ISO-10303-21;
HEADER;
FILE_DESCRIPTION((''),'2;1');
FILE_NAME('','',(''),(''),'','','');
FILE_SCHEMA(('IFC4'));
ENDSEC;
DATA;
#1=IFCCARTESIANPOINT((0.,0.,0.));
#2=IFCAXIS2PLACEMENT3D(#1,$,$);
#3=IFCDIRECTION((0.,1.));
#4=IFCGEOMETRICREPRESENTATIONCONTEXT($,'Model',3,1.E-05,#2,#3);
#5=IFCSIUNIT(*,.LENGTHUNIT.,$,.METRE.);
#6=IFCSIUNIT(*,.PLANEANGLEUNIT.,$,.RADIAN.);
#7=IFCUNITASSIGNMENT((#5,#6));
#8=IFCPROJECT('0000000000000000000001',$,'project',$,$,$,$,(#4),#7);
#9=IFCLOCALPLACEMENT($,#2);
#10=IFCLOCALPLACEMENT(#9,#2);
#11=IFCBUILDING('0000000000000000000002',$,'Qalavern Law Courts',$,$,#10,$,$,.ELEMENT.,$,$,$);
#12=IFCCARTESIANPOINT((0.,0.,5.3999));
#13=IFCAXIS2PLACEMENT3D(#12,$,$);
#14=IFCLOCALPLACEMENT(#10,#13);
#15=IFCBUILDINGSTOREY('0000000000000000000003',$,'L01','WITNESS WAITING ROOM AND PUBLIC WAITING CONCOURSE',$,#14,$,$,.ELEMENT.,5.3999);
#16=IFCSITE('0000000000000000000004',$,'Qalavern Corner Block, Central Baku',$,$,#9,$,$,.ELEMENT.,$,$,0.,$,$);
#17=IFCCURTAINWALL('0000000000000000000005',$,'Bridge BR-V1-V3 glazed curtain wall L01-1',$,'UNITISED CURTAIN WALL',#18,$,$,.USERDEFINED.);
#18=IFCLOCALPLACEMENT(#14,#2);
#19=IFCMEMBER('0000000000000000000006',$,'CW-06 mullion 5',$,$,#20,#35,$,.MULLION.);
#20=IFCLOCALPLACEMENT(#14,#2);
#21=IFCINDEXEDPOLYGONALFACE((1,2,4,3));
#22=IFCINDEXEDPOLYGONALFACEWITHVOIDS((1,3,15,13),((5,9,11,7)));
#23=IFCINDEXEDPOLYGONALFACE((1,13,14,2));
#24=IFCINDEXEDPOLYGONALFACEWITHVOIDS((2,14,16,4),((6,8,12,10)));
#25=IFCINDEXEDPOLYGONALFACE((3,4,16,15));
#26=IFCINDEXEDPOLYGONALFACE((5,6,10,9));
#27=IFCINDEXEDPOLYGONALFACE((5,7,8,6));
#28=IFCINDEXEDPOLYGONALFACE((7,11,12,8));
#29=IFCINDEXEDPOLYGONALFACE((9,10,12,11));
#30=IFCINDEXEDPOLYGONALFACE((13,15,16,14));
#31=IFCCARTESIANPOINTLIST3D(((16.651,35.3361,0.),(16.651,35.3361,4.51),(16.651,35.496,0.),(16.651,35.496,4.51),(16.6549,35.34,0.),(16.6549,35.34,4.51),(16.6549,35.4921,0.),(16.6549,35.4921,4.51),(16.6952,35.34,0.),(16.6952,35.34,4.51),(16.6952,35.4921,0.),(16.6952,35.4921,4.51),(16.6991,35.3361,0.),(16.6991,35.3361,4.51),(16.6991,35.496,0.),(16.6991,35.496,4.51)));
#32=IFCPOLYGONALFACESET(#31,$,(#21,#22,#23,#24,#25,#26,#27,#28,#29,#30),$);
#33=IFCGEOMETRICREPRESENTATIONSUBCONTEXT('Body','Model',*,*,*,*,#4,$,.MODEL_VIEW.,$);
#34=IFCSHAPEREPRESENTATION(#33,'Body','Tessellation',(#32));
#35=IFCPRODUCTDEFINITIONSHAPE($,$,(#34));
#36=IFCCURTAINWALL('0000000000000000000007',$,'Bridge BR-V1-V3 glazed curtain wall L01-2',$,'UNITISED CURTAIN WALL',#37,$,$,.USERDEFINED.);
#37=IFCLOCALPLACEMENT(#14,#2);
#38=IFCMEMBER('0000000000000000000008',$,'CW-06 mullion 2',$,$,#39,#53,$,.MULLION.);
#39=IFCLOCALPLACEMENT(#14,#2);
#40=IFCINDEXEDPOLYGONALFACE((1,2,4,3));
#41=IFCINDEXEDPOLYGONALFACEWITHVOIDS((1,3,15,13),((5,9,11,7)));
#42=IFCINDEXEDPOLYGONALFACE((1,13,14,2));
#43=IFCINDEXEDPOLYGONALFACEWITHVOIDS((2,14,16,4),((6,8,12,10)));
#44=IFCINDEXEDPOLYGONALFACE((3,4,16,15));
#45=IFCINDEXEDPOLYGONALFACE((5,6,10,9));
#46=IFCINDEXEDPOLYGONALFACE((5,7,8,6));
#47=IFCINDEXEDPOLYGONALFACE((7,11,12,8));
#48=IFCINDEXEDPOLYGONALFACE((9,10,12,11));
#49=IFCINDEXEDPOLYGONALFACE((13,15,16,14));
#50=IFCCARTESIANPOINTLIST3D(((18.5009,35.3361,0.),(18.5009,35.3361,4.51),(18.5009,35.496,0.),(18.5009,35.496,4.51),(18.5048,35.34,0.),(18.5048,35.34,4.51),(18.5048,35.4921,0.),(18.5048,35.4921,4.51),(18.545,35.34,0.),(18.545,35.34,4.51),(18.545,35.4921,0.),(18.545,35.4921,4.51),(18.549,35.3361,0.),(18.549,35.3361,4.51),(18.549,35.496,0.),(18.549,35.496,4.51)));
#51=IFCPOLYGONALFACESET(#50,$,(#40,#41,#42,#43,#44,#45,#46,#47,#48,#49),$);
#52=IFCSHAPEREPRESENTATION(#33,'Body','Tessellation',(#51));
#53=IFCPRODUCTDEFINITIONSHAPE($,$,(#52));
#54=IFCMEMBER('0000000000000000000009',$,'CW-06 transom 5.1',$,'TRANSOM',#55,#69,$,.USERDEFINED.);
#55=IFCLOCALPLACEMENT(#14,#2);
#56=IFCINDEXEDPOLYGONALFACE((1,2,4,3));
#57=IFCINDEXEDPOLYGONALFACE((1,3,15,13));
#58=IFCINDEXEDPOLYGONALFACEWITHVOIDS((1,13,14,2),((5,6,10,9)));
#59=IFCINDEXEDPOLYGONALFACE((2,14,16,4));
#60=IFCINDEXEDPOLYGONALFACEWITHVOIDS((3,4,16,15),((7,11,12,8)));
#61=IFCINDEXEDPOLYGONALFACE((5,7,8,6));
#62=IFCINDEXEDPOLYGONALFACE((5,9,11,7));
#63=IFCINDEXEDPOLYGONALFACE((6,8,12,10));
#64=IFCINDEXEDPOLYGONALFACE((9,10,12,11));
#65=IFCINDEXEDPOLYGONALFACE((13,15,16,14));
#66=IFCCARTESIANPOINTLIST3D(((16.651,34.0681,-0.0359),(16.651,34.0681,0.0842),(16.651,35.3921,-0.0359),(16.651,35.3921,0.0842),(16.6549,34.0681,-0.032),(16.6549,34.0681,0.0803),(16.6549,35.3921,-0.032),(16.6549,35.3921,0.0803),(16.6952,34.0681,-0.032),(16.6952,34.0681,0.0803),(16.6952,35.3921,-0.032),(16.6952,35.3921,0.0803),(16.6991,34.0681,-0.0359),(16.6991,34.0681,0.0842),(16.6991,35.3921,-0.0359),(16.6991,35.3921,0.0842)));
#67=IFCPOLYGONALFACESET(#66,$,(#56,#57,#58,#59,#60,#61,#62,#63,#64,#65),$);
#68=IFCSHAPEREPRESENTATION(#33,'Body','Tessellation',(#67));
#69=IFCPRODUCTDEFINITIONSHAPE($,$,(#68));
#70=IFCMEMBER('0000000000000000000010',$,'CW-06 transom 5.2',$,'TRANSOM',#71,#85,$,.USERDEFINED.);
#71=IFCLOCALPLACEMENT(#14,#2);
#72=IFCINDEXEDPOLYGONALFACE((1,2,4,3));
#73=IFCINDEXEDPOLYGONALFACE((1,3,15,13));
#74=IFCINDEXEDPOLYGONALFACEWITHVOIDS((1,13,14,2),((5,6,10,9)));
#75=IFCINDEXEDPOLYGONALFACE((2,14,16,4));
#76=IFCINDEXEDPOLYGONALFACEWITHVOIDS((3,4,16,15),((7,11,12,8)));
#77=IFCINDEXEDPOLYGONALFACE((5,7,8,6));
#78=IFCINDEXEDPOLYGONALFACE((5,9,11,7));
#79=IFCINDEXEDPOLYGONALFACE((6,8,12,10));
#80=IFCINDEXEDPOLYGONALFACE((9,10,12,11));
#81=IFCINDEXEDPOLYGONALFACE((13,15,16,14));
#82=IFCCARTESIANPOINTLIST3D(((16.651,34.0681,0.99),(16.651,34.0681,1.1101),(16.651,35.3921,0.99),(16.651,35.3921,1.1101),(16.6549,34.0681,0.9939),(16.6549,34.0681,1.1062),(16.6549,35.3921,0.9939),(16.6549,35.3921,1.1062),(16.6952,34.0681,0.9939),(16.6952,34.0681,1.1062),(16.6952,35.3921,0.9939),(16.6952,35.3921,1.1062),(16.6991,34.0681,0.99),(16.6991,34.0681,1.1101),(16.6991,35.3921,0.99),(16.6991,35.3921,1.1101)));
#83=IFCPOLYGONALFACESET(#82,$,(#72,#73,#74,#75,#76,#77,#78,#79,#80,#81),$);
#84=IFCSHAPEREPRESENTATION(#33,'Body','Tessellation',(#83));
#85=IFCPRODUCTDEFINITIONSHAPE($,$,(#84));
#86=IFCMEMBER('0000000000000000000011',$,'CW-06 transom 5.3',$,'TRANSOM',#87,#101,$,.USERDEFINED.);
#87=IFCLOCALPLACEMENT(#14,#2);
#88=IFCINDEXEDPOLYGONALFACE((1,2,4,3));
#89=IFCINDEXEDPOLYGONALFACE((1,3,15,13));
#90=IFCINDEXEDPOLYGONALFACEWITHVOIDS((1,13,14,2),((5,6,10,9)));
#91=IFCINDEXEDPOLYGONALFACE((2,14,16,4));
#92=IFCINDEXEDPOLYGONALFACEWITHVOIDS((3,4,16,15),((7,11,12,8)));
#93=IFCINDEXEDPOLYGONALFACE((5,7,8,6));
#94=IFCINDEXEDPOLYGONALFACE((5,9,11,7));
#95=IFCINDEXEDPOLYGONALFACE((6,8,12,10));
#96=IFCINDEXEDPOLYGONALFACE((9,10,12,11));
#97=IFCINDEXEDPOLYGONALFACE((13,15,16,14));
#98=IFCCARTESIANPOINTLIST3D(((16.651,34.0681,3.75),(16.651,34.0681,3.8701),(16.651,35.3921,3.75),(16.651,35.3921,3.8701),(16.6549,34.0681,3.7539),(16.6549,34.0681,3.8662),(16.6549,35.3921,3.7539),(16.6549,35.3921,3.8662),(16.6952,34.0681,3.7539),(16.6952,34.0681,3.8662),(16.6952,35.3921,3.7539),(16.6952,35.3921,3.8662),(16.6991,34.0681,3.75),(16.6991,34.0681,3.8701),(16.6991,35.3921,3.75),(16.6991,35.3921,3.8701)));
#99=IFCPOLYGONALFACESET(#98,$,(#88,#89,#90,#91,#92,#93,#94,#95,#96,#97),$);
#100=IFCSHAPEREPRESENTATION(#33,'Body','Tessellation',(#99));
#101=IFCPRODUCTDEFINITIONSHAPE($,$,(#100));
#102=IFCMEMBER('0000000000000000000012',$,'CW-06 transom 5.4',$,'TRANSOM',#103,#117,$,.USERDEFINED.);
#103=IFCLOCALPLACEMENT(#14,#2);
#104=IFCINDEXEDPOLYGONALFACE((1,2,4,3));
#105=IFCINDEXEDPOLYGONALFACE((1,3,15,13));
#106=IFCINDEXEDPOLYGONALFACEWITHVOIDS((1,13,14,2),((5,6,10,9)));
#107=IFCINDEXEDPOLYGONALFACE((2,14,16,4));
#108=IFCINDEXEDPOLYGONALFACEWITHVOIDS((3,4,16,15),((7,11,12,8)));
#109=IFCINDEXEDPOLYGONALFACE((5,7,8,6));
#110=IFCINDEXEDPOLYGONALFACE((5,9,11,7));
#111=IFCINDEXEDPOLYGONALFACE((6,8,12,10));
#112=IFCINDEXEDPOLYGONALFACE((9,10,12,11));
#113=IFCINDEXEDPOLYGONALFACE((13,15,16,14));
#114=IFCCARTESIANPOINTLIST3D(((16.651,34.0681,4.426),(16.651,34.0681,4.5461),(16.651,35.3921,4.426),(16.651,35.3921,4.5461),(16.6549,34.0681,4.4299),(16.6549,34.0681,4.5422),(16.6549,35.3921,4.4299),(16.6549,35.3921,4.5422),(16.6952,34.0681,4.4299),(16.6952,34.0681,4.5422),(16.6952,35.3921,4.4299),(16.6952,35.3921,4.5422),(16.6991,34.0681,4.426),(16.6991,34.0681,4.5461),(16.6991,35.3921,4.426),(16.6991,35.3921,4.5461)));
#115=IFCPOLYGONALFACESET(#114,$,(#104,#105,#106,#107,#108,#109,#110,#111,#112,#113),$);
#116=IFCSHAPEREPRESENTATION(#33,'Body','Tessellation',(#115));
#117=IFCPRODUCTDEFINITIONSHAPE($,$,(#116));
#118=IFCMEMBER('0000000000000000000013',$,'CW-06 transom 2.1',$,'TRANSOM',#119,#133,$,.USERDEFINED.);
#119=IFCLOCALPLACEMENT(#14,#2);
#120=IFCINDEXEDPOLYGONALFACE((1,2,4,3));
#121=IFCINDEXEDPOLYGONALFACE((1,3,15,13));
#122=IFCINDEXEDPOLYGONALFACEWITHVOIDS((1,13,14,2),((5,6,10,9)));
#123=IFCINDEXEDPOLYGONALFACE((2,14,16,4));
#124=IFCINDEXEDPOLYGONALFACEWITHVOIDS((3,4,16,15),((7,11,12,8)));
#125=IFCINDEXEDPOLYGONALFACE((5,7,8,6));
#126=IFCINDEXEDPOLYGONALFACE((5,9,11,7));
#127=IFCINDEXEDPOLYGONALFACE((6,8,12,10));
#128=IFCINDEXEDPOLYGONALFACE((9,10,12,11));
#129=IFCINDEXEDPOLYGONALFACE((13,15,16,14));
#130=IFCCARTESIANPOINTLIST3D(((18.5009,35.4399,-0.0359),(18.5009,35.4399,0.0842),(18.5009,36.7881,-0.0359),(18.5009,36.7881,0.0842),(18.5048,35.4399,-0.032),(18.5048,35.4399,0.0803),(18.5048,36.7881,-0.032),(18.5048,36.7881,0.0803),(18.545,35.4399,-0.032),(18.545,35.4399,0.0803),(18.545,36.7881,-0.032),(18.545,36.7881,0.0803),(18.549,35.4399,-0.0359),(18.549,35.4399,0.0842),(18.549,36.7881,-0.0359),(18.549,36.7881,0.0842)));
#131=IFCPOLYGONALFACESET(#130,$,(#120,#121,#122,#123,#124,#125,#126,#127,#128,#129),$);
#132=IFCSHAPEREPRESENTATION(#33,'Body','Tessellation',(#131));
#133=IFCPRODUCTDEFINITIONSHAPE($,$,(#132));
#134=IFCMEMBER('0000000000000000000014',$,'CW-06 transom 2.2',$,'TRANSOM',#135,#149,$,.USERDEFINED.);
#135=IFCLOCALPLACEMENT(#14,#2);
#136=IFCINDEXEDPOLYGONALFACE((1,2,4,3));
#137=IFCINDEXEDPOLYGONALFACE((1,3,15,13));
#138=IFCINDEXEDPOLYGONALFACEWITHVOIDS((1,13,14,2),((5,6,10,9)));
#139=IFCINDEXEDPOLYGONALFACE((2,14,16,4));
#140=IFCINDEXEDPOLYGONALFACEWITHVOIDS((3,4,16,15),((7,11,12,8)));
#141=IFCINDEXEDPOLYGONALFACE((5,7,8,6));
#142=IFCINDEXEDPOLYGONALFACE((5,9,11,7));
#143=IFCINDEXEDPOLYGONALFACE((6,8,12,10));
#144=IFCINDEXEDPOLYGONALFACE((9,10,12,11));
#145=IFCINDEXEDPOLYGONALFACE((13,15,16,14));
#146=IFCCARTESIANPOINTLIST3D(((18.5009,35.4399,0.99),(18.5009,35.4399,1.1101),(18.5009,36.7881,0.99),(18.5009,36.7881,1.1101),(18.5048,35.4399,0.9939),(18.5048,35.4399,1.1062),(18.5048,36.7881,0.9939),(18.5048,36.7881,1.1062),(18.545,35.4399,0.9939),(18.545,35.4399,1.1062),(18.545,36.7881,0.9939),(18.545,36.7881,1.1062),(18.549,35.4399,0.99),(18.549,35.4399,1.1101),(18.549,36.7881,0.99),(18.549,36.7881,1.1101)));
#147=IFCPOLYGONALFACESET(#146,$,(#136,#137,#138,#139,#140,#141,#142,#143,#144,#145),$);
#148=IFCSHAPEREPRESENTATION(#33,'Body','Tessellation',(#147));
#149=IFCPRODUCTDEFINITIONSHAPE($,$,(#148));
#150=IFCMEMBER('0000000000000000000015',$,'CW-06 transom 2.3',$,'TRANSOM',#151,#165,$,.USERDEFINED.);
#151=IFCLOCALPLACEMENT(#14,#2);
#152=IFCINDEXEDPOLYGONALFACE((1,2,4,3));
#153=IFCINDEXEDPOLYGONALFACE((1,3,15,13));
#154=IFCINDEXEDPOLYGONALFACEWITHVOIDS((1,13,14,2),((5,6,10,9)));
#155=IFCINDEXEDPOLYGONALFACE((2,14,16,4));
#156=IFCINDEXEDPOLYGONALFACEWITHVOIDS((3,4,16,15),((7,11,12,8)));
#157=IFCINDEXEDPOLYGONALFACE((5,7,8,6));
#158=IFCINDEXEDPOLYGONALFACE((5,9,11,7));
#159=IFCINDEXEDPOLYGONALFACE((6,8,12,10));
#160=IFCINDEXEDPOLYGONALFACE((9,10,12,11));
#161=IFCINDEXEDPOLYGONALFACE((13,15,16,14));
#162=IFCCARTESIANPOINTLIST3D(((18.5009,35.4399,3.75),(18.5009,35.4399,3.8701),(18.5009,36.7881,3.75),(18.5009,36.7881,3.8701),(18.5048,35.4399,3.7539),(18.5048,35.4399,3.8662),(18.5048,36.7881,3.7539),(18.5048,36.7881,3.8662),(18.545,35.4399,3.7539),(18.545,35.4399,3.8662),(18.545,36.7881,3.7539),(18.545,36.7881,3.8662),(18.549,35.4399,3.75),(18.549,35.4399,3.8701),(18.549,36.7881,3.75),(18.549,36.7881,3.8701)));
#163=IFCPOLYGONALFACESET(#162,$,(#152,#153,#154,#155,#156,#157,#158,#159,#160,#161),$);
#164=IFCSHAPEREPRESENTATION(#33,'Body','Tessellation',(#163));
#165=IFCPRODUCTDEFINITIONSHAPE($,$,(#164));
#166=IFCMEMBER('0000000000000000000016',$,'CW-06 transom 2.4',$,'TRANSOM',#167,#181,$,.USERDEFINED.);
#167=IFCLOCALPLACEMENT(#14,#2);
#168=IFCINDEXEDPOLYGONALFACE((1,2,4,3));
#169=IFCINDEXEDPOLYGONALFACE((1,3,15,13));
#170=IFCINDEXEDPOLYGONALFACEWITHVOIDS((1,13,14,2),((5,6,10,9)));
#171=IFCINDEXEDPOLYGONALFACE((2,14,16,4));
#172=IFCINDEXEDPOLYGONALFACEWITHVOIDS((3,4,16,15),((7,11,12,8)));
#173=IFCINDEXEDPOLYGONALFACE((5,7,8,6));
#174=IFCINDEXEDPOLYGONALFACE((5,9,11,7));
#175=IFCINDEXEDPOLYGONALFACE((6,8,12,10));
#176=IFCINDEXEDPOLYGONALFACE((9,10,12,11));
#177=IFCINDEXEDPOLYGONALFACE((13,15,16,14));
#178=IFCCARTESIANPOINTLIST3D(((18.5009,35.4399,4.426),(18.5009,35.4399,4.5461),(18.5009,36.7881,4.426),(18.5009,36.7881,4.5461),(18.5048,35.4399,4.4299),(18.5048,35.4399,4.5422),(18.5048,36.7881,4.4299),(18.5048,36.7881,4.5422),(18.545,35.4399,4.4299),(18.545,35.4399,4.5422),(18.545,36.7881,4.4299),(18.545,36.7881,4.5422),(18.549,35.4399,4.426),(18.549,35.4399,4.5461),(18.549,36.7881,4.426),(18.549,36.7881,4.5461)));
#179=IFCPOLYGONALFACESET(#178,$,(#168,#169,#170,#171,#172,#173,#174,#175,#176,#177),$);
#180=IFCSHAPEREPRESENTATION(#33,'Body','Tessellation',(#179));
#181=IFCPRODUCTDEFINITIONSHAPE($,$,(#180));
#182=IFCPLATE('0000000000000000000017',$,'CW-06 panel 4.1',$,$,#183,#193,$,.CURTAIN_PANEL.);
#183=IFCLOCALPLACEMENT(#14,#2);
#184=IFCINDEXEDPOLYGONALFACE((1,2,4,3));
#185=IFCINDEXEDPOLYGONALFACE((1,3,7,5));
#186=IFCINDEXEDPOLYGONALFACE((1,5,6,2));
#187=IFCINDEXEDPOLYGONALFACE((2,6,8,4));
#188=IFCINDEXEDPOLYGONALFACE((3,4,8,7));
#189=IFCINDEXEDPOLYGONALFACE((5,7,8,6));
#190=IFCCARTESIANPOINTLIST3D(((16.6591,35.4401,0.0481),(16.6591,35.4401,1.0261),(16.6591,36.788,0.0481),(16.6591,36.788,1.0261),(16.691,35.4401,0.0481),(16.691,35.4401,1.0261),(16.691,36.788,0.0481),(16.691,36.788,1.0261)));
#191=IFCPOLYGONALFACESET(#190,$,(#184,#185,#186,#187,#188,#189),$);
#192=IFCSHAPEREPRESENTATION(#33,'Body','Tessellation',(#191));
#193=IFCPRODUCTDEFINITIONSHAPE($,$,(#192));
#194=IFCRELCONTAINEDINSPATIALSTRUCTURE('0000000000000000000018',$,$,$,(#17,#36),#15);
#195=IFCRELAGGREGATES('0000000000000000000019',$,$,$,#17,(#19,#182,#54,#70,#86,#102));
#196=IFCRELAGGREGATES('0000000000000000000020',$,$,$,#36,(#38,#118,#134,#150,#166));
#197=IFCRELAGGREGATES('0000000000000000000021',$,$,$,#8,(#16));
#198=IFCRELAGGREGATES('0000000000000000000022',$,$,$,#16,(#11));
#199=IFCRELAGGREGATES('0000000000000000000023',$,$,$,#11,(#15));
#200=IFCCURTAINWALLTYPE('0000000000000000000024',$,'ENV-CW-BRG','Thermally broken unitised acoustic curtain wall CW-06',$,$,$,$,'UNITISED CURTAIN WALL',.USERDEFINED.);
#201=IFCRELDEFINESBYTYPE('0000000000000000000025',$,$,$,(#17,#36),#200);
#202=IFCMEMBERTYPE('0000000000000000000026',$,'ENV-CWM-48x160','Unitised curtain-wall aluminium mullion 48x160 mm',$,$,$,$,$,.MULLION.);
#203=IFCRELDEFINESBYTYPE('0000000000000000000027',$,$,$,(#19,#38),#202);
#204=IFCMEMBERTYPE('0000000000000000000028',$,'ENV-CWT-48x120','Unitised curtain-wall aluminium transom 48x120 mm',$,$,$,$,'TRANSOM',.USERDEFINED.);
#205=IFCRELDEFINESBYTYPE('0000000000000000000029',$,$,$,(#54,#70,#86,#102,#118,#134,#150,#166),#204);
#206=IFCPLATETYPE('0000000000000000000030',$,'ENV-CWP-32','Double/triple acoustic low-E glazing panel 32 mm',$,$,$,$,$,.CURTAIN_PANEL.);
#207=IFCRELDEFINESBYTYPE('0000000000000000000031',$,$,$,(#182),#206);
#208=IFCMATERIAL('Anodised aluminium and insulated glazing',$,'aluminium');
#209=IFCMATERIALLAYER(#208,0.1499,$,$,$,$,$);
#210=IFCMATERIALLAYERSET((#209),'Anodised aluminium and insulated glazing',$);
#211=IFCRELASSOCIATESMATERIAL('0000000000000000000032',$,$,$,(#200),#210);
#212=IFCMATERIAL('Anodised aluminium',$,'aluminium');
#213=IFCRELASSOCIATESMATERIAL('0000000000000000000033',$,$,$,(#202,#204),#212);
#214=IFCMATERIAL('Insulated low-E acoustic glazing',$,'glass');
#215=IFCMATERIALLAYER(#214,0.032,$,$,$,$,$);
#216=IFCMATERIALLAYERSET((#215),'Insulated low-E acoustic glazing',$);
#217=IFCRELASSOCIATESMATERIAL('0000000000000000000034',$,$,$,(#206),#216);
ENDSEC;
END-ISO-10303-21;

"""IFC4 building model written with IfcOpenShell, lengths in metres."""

from ifc_helpers import new_model, si_unit, direction, frame, origin, origin_2d, place, context, subcontext, project, spatial, rectangle, hollow_rectangle, extrude, material, layer, layer_set, material_profile, profile_set, type_object, element, aggregate, save


model = new_model("IFC4")

# Units and contexts
model_context = context("Model", 3, precision=1e-05, world=origin(), true_north=direction((0.0, 1.0)))
body_context = subcontext(model_context, "Body", "Model", "MODEL_VIEW")
ifc_project = project(units=[si_unit("LENGTHUNIT", "METRE"), si_unit("PLANEANGLEUNIT", "RADIAN")], contexts=[model_context])

# Site, building, storey
site_placement = place(None, origin())
site = spatial("IfcSite", under=ifc_project, at=site_placement, Name="Qalavern Corner Block, Central Baku", CompositionType="ELEMENT", RefElevation=0.0)
building_placement = place(site_placement, origin())
building = spatial("IfcBuilding", under=site, at=building_placement, Name="Qalavern Law Courts", CompositionType="ELEMENT")
storey_placement = place(building_placement, frame((0.0, 0.0, 5.3999)))
storey = spatial("IfcBuildingStorey", under=building, at=storey_placement, Name="L01", Description="WITNESS WAITING ROOM AND PUBLIC WAITING CONCOURSE", CompositionType="ELEMENT", Elevation=5.3999)

# Curtain walls, members
ifc_material_1 = material(Name="Anodised aluminium and insulated glazing", Category="aluminium")
ifc_layer_1 = layer(ifc_material_1, 0.1499)
ifc_layer_set_1 = layer_set([ifc_layer_1], Name="Anodised aluminium and insulated glazing")
curtain_wall_type = type_object("IfcCurtainWallType", Name="ENV-CW-BRG", Description="Thermally broken unitised acoustic curtain wall CW-06", ElementType="UNITISED CURTAIN WALL", PredefinedType="USERDEFINED", material=ifc_layer_set_1)
curtain_wall_1_placement = place(storey_placement, origin())
curtain_wall_1 = element("IfcCurtainWall", 1, at=curtain_wall_1_placement, inside=storey, type_object=curtain_wall_type, Name="Bridge BR-V1-V3 glazed curtain wall L01-1", ObjectType="UNITISED CURTAIN WALL", PredefinedType="USERDEFINED")
ifc_material_2 = material(Name="Anodised aluminium", Category="aluminium")
ifc_material_profile_1 = material_profile(ifc_material_2, hollow_rectangle(XDim=0.0481, YDim=0.1599, WallThickness=0.0039, at=origin_2d()), Name="ALU MULLION 48x160")
ifc_profile_set_1 = profile_set([ifc_material_profile_1], Name="Anodised aluminium")
member_type_1 = type_object("IfcMemberType", Name="ENV-CWM-48x160", Description="Unitised curtain-wall aluminium mullion 48x160 mm", PredefinedType="MULLION", material=ifc_profile_set_1)
member_1_placement = place(storey_placement, frame((16.675, 35.416, 0.0), z_axis=(0.0, 0.0, 1.0), x_axis=(1.0, 0.0, 0.0)))
member_1 = element("IfcMember", 2, at=member_1_placement, type_object=member_type_1, Name="CW-06 mullion 5", PredefinedType="MULLION", context=body_context, shape_type="SweptSolid", body=[
    extrude(hollow_rectangle(XDim=0.0481, YDim=0.1599, WallThickness=0.0039, at=origin_2d()), origin(), (0.0, 0.0, 1.0), 4.51),
])
curtain_wall_2_placement = place(storey_placement, origin())
curtain_wall_2 = element("IfcCurtainWall", 3, at=curtain_wall_2_placement, inside=storey, type_object=curtain_wall_type, Name="Bridge BR-V1-V3 glazed curtain wall L01-2", ObjectType="UNITISED CURTAIN WALL", PredefinedType="USERDEFINED")
member_2_placement = place(storey_placement, frame((18.5249, 35.416, 0.0), z_axis=(0.0, 0.0, 1.0), x_axis=(-1.0, 0.0, 0.0)))
member_2 = element("IfcMember", 4, at=member_2_placement, type_object=member_type_1, Name="CW-06 mullion 2", PredefinedType="MULLION", context=body_context, shape_type="SweptSolid", body=[
    extrude(hollow_rectangle(XDim=0.0481, YDim=0.1599, WallThickness=0.0039, at=origin_2d()), origin(), (0.0, 0.0, 1.0), 4.51),
])

# Members
ifc_material_profile_2 = material_profile(ifc_material_2, hollow_rectangle(XDim=0.0481, YDim=0.1201, WallThickness=0.0039, at=origin_2d()), Name="ALU TRANSOM 48x120")
ifc_profile_set_2 = profile_set([ifc_material_profile_2], Name="Anodised aluminium")
member_type_2 = type_object("IfcMemberType", Name="ENV-CWT-48x120", Description="Unitised curtain-wall aluminium transom 48x120 mm", ElementType="TRANSOM", PredefinedType="USERDEFINED", material=ifc_profile_set_2)
member_3_placement = place(storey_placement, frame((16.675, 35.3921, 0.0242), z_axis=(0.0, -1.0, 0.0), x_axis=(1.0, 0.0, 0.0)))
member_3 = element("IfcMember", 5, at=member_3_placement, type_object=member_type_2, Name="CW-06 transom 5.1", ObjectType="TRANSOM", PredefinedType="USERDEFINED", context=body_context, shape_type="SweptSolid", body=[
    extrude(hollow_rectangle(XDim=0.0481, YDim=0.1201, WallThickness=0.0039, at=origin_2d()), origin(), (0.0, 0.0, 1.0), 1.324),
])
member_4_placement = place(storey_placement, frame((16.675, 35.3921, 1.05), z_axis=(0.0, -1.0, 0.0), x_axis=(1.0, 0.0, 0.0)))
member_4 = element("IfcMember", 6, at=member_4_placement, type_object=member_type_2, Name="CW-06 transom 5.2", ObjectType="TRANSOM", PredefinedType="USERDEFINED", context=body_context, shape_type="SweptSolid", body=[
    extrude(hollow_rectangle(XDim=0.0481, YDim=0.1201, WallThickness=0.0039, at=origin_2d()), origin(), (0.0, 0.0, 1.0), 1.324),
])
member_5_placement = place(storey_placement, frame((16.675, 35.3921, 3.8101), z_axis=(0.0, -1.0, 0.0), x_axis=(1.0, 0.0, 0.0)))
member_5 = element("IfcMember", 7, at=member_5_placement, type_object=member_type_2, Name="CW-06 transom 5.3", ObjectType="TRANSOM", PredefinedType="USERDEFINED", context=body_context, shape_type="SweptSolid", body=[
    extrude(hollow_rectangle(XDim=0.0481, YDim=0.1201, WallThickness=0.0039, at=origin_2d()), origin(), (0.0, 0.0, 1.0), 1.324),
])
member_6_placement = place(storey_placement, frame((16.675, 35.3921, 4.4861), z_axis=(0.0, -1.0, 0.0), x_axis=(1.0, 0.0, 0.0)))
member_6 = element("IfcMember", 8, at=member_6_placement, type_object=member_type_2, Name="CW-06 transom 5.4", ObjectType="TRANSOM", PredefinedType="USERDEFINED", context=body_context, shape_type="SweptSolid", body=[
    extrude(hollow_rectangle(XDim=0.0481, YDim=0.1201, WallThickness=0.0039, at=origin_2d()), origin(), (0.0, 0.0, 1.0), 1.324),
])
member_7_placement = place(storey_placement, frame((18.5249, 35.4399, 0.0242), z_axis=(0.0, 1.0, 0.0), x_axis=(-1.0, 0.0, 0.0)))
member_7 = element("IfcMember", 9, at=member_7_placement, type_object=member_type_2, Name="CW-06 transom 2.1", ObjectType="TRANSOM", PredefinedType="USERDEFINED", context=body_context, shape_type="SweptSolid", body=[
    extrude(hollow_rectangle(XDim=0.0481, YDim=0.1201, WallThickness=0.0039, at=origin_2d()), origin(), (0.0, 0.0, 1.0), 1.3481),
])
member_8_placement = place(storey_placement, frame((18.5249, 35.4399, 1.05), z_axis=(0.0, 1.0, 0.0), x_axis=(-1.0, 0.0, 0.0)))
member_8 = element("IfcMember", 10, at=member_8_placement, type_object=member_type_2, Name="CW-06 transom 2.2", ObjectType="TRANSOM", PredefinedType="USERDEFINED", context=body_context, shape_type="SweptSolid", body=[
    extrude(hollow_rectangle(XDim=0.0481, YDim=0.1201, WallThickness=0.0039, at=origin_2d()), origin(), (0.0, 0.0, 1.0), 1.3481),
])
member_9_placement = place(storey_placement, frame((18.5249, 35.4399, 3.8101), z_axis=(0.0, 1.0, 0.0), x_axis=(-1.0, 0.0, 0.0)))
member_9 = element("IfcMember", 11, at=member_9_placement, type_object=member_type_2, Name="CW-06 transom 2.3", ObjectType="TRANSOM", PredefinedType="USERDEFINED", context=body_context, shape_type="SweptSolid", body=[
    extrude(hollow_rectangle(XDim=0.0481, YDim=0.1201, WallThickness=0.0039, at=origin_2d()), origin(), (0.0, 0.0, 1.0), 1.3481),
])
member_10_placement = place(storey_placement, frame((18.5249, 35.4399, 4.4861), z_axis=(0.0, 1.0, 0.0), x_axis=(-1.0, 0.0, 0.0)))
member_10 = element("IfcMember", 12, at=member_10_placement, type_object=member_type_2, Name="CW-06 transom 2.4", ObjectType="TRANSOM", PredefinedType="USERDEFINED", context=body_context, shape_type="SweptSolid", body=[
    extrude(hollow_rectangle(XDim=0.0481, YDim=0.1201, WallThickness=0.0039, at=origin_2d()), origin(), (0.0, 0.0, 1.0), 1.3481),
])

# Plate
ifc_material_3 = material(Name="Insulated low-E acoustic glazing", Category="glass")
ifc_layer_2 = layer(ifc_material_3, 0.032)
ifc_layer_set_2 = layer_set([ifc_layer_2], Name="Insulated low-E acoustic glazing")
plate_type = type_object("IfcPlateType", Name="ENV-CWP-32", Description="Double/triple acoustic low-E glazing panel 32 mm", PredefinedType="CURTAIN_PANEL", material=ifc_layer_set_2)
plate_1_placement = place(storey_placement, frame((16.675, 36.114, 0.0481), z_axis=(0.0, 0.0, 1.0), x_axis=(0.0, -1.0, 0.0)))
plate_1 = element("IfcPlate", 13, at=plate_1_placement, type_object=plate_type, Name="CW-06 panel 4.1", PredefinedType="CURTAIN_PANEL", context=body_context, shape_type="SweptSolid", body=[
    extrude(rectangle(XDim=1.3479, YDim=0.032, at=origin_2d()), origin(), (0.0, 0.0, 1.0), 0.978),
])
aggregate(curtain_wall_1, [member_1, plate_1, member_3, member_4, member_5, member_6])
aggregate(curtain_wall_2, [member_2, member_7, member_8, member_9, member_10])

save(model, "model.ifc")
